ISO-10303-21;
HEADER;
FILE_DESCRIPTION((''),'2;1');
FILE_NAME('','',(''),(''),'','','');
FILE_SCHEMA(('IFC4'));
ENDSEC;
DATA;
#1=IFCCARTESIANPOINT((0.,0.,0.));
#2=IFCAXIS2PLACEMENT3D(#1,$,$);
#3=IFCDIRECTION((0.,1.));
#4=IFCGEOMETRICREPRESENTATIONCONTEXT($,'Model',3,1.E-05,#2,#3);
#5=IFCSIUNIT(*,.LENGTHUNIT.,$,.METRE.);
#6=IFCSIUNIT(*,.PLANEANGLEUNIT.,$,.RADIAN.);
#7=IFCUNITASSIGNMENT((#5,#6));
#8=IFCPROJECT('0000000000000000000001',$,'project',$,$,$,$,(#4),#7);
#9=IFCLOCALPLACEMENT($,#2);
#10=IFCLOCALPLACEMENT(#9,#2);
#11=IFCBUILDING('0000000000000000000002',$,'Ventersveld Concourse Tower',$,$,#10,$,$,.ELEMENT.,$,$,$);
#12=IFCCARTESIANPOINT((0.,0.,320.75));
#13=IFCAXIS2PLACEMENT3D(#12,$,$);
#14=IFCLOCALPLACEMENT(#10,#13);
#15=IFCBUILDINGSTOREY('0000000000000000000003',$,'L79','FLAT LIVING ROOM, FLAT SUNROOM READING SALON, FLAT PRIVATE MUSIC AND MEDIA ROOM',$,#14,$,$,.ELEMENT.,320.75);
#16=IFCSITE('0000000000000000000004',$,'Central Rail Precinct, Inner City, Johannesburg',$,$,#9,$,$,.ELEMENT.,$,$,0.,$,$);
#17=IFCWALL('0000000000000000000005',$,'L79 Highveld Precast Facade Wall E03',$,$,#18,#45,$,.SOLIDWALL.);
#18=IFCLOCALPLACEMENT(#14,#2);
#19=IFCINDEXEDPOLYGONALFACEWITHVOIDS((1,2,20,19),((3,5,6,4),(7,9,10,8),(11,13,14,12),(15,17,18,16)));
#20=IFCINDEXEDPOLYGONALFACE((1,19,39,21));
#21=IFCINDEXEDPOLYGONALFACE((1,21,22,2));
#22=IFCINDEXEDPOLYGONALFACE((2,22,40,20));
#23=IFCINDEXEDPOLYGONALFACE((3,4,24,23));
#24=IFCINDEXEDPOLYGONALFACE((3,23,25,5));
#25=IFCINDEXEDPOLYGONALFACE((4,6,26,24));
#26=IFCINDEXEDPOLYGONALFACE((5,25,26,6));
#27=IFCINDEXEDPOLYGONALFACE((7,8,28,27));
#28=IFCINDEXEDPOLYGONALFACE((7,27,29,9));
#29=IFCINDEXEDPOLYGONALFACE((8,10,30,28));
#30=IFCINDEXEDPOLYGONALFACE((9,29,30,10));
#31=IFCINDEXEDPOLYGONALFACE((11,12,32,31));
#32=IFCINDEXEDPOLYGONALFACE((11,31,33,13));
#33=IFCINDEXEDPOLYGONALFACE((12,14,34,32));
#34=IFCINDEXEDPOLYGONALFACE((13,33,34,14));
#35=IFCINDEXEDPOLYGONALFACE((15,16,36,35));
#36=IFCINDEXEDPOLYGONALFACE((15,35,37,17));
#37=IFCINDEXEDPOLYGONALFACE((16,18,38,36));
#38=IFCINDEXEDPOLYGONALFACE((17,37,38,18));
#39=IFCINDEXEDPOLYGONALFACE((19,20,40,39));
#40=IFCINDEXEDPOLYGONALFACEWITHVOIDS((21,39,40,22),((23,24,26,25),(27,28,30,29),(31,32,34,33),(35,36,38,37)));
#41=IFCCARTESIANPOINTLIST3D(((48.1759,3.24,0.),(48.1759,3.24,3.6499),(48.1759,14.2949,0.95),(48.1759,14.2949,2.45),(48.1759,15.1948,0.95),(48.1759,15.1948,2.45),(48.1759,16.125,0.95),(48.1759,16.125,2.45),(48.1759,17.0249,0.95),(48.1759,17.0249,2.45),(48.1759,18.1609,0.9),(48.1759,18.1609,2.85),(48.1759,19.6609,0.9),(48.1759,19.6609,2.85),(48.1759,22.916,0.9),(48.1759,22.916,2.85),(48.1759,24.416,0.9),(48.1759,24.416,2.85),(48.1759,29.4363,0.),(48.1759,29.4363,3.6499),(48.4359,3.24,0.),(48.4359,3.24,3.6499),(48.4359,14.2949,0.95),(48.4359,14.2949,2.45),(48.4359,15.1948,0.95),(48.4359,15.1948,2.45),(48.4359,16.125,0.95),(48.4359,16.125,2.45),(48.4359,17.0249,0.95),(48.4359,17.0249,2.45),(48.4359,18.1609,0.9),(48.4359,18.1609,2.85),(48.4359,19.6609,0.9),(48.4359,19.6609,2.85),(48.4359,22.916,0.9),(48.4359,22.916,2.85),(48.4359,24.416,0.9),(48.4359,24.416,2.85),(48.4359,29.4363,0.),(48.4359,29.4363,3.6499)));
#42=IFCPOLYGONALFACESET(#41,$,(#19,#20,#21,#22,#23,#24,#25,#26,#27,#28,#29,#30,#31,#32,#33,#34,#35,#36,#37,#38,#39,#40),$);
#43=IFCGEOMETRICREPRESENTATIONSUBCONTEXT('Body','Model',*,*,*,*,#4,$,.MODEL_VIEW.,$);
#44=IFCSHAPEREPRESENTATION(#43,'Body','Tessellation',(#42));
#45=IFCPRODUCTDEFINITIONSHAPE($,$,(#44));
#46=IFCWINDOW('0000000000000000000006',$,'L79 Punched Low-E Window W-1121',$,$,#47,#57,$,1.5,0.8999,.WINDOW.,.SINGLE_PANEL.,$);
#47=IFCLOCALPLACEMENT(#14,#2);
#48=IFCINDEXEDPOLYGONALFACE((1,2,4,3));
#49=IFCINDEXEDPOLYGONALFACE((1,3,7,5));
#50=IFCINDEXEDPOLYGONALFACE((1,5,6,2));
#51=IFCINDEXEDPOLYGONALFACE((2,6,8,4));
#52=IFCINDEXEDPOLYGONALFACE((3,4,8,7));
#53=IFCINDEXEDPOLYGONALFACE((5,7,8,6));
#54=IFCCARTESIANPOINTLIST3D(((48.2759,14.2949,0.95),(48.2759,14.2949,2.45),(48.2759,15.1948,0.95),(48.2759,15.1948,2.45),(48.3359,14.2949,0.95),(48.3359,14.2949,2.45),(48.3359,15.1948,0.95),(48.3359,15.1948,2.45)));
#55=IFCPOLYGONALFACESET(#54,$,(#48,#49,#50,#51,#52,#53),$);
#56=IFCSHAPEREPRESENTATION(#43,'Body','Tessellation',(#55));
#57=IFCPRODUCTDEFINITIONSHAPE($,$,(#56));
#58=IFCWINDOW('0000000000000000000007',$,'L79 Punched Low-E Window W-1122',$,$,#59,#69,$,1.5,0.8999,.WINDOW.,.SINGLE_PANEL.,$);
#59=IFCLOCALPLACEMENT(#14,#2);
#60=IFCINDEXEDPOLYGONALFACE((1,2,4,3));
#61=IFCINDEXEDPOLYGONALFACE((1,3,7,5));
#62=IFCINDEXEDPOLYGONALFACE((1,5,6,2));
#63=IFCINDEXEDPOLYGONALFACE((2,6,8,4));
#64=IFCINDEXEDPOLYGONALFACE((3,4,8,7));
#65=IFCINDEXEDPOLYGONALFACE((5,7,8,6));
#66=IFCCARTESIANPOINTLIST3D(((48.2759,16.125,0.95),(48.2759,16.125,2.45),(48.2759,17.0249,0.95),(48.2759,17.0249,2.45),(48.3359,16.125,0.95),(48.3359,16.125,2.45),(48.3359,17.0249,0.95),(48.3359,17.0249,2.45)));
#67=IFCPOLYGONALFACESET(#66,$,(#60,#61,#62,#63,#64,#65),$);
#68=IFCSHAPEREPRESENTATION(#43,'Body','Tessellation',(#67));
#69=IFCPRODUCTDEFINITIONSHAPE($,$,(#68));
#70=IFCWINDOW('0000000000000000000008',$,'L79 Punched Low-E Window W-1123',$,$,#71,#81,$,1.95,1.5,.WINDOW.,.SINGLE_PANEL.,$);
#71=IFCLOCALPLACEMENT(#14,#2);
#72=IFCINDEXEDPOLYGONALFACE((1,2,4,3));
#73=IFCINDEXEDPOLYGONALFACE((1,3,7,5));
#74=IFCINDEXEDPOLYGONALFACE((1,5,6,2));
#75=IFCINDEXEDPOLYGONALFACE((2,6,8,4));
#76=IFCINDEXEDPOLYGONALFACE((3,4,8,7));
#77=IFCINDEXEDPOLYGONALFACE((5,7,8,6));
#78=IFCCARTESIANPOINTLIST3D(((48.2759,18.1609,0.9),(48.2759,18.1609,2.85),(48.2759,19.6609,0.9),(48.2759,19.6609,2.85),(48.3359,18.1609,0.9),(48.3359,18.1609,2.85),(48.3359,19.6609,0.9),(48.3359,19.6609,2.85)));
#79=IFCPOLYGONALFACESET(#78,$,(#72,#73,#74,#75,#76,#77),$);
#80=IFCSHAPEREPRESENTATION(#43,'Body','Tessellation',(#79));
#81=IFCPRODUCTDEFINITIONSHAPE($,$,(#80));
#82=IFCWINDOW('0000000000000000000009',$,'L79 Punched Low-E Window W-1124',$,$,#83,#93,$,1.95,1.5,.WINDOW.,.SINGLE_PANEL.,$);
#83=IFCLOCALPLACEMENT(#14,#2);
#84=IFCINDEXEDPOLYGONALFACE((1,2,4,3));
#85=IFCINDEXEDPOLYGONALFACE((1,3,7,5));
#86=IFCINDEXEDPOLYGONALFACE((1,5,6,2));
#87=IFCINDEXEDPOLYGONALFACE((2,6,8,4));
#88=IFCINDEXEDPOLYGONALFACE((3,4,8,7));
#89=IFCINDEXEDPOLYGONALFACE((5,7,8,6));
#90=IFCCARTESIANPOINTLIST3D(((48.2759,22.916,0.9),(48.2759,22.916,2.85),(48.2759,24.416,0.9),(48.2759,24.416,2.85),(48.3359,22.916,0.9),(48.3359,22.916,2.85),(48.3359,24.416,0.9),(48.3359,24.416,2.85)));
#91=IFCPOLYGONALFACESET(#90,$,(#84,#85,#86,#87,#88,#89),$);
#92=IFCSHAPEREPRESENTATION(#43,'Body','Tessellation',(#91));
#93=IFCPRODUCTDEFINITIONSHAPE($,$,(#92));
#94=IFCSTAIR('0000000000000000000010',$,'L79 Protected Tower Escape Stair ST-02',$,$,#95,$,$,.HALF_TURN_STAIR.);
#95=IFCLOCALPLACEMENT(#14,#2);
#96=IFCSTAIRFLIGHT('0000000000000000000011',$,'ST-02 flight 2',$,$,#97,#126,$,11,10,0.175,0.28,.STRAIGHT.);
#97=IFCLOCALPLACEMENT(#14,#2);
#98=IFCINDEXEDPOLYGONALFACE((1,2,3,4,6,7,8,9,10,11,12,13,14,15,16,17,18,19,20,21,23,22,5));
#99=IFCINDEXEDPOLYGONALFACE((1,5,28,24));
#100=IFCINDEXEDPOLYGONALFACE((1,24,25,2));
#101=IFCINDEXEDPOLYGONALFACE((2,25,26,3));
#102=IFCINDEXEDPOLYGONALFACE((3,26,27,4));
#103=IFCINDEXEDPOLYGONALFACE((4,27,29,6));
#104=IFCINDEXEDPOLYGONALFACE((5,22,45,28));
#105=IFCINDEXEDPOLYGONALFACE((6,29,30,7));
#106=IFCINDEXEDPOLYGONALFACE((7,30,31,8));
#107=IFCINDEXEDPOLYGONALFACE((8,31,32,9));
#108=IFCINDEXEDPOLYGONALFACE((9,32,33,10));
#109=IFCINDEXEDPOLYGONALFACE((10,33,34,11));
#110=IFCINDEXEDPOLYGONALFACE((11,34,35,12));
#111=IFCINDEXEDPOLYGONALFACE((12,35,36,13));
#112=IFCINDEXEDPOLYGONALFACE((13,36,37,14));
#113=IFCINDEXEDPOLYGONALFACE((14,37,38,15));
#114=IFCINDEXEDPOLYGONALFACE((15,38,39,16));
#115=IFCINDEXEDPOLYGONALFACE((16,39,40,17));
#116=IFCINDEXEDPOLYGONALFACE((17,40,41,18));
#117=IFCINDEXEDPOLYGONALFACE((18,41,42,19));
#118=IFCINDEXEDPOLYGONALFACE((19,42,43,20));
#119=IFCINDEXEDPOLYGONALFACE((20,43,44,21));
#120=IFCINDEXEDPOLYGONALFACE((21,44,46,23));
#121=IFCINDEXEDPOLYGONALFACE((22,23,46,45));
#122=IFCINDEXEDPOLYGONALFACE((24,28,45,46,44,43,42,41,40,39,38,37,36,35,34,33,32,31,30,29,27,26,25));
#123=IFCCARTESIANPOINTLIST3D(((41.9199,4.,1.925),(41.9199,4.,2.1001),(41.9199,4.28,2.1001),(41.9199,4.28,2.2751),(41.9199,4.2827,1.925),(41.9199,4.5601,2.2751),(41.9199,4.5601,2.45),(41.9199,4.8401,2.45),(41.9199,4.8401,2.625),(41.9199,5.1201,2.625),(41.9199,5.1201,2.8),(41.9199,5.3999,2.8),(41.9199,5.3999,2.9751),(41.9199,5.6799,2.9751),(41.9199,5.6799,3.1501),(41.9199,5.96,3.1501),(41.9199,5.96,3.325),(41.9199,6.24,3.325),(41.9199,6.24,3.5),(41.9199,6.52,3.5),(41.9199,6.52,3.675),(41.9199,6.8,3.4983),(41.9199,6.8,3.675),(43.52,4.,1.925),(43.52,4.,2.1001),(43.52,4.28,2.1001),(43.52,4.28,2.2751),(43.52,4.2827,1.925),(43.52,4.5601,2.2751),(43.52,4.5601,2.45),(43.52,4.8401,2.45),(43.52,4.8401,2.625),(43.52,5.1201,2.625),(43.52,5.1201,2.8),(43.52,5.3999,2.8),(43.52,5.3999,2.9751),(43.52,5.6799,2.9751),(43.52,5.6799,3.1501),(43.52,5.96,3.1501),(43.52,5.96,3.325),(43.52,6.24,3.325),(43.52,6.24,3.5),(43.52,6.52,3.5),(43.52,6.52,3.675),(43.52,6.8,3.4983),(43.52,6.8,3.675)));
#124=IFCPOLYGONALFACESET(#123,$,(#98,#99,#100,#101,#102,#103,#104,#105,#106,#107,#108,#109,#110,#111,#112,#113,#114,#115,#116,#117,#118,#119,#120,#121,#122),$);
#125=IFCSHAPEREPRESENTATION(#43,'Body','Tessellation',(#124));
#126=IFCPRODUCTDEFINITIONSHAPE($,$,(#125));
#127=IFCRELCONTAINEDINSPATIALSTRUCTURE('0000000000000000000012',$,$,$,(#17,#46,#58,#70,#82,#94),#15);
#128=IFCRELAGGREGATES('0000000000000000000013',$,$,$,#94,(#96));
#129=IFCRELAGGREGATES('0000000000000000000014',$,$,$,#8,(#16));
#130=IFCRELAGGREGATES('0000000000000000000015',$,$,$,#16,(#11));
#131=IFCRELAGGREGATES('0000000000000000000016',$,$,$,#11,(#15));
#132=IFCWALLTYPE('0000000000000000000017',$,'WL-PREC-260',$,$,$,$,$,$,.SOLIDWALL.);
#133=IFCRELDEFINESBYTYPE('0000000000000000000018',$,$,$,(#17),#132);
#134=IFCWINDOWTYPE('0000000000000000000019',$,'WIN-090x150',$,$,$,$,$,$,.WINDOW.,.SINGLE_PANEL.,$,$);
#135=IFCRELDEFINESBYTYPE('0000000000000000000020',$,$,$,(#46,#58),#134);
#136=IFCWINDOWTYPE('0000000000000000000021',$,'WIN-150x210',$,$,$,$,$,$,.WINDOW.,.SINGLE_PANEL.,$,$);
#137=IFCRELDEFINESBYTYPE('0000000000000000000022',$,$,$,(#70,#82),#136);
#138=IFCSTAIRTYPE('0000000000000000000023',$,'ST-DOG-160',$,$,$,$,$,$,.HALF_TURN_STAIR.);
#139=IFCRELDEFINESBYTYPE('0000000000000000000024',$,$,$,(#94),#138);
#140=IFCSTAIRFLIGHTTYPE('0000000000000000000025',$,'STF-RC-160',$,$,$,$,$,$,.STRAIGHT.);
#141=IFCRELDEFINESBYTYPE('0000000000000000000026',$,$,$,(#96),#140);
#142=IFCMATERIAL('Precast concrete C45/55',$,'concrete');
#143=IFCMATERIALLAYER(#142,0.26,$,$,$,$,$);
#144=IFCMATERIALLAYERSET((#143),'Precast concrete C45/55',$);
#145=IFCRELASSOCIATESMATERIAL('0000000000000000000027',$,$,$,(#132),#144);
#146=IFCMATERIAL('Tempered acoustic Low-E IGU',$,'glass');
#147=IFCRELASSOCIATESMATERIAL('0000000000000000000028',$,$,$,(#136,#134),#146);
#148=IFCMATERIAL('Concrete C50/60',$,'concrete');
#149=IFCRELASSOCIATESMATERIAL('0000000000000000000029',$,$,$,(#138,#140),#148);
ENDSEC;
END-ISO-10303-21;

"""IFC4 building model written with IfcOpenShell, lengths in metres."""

from ifc_helpers import new_model, si_unit, direction, frame, frame_2d, origin, place, context, subcontext, project, spatial, polyline, rectangle, outline, extrude, material, layer, layer_set, type_object, element, fill, aggregate, save


model = new_model("IFC4")

# Units and contexts
model_context = context("Model", 3, precision=1e-05, world=origin(), true_north=direction((0.0, 1.0)))
body_context = subcontext(model_context, "Body", "Model", "MODEL_VIEW")
ifc_project = project(units=[si_unit("LENGTHUNIT", "METRE"), si_unit("PLANEANGLEUNIT", "RADIAN")], contexts=[model_context])

# Site, building, storey
site_placement = place(None, origin())
site = spatial("IfcSite", under=ifc_project, at=site_placement, Name="Central Rail Precinct, Inner City, Johannesburg", CompositionType="ELEMENT", RefElevation=0.0)
building_placement = place(site_placement, origin())
building = spatial("IfcBuilding", under=site, at=building_placement, Name="Ventersveld Concourse Tower", CompositionType="ELEMENT")
storey_placement = place(building_placement, frame((0.0, 0.0, 320.75)))
storey = spatial("IfcBuildingStorey", under=building, at=storey_placement, Name="L79", Description="FLAT LIVING ROOM, FLAT SUNROOM READING SALON, FLAT PRIVATE MUSIC AND MEDIA ROOM", CompositionType="ELEMENT", Elevation=320.75)

# Shared definitions
ifc_material_1 = material(Name="Concrete C50/60", Category="concrete")

# Shared definitions
ifc_material_2 = material(Name="Precast concrete C45/55", Category="concrete")
ifc_layer_1 = layer(ifc_material_2, 0.26)
ifc_layer_set_1 = layer_set([ifc_layer_1], Name="Precast concrete C45/55")
wall_type_1 = type_object("IfcWallType", Name="WL-PREC-260", PredefinedType="SOLIDWALL", material=ifc_layer_set_1)

# Shared definitions
ifc_material_3 = material(Name="Tempered acoustic Low-E IGU", Category="glass")
window_type_1 = type_object("IfcWindowType", Name="WIN-150x210", PartitioningType="SINGLE_PANEL", PredefinedType="WINDOW", material=ifc_material_3)

# Wall, openings, windows
wall_1_placement = place(storey_placement, frame((48.3059, 3.24, 0.0), z_axis=(0.0, 0.0, 1.0), x_axis=(0.0, 1.0, 0.0)))
wall_1 = element("IfcWall", 1, at=wall_1_placement, inside=storey, type_object=wall_type_1, Name="L79 Highveld Precast Facade Wall E03", PredefinedType="SOLIDWALL", context=body_context, shape_type="SweptSolid", body=[
    extrude(rectangle(XDim=26.1963, YDim=0.26, at=frame_2d((13.0981, 0.0))), origin(), (0.0, 0.0, 1.0), 3.6499),
])
opening_1_placement = place(wall_1_placement, frame((11.0549, 0.0, 0.95)))
opening_1 = element("IfcOpeningElement", 2, at=opening_1_placement, cuts=wall_1, PredefinedType="OPENING", context=body_context, shape_type="SweptSolid", body=[
    extrude(rectangle(XDim=0.8999, YDim=1.5, at=frame_2d((0.45, 0.75))), frame((0.0, 0.1401, 0.0), z_axis=(0.0, -1.0, 0.0), x_axis=(1.0, 0.0, 0.0)), (0.0, 0.0, 1.0), 0.28),
])
opening_2_placement = place(wall_1_placement, frame((12.885, 0.0, 0.95)))
opening_2 = element("IfcOpeningElement", 3, at=opening_2_placement, cuts=wall_1, PredefinedType="OPENING", context=body_context, shape_type="SweptSolid", body=[
    extrude(rectangle(XDim=0.8999, YDim=1.5, at=frame_2d((0.45, 0.75))), frame((0.0, 0.1401, 0.0), z_axis=(0.0, -1.0, 0.0), x_axis=(1.0, 0.0, 0.0)), (0.0, 0.0, 1.0), 0.28),
])
opening_3_placement = place(wall_1_placement, frame((14.9209, 0.0, 0.8999)))
opening_3 = element("IfcOpeningElement", 4, at=opening_3_placement, cuts=wall_1, PredefinedType="OPENING", context=body_context, shape_type="SweptSolid", body=[
    extrude(rectangle(XDim=1.5, YDim=1.95, at=frame_2d((0.75, 0.9751))), frame((0.0, 0.1401, 0.0), z_axis=(0.0, -1.0, 0.0), x_axis=(1.0, 0.0, 0.0)), (0.0, 0.0, 1.0), 0.28),
])
opening_4_placement = place(wall_1_placement, frame((19.676, 0.0, 0.8999)))
opening_4 = element("IfcOpeningElement", 5, at=opening_4_placement, cuts=wall_1, PredefinedType="OPENING", context=body_context, shape_type="SweptSolid", body=[
    extrude(rectangle(XDim=1.5, YDim=1.95, at=frame_2d((0.75, 0.9751))), frame((0.0, 0.1401, 0.0), z_axis=(0.0, -1.0, 0.0), x_axis=(1.0, 0.0, 0.0)), (0.0, 0.0, 1.0), 0.28),
])
window_type_2 = type_object("IfcWindowType", Name="WIN-090x150", PartitioningType="SINGLE_PANEL", PredefinedType="WINDOW", material=ifc_material_3)
window_1_placement = place(opening_1_placement, origin())
window_1 = element("IfcWindow", 6, at=window_1_placement, inside=storey, type_object=window_type_2, Name="L79 Punched Low-E Window W-1121", OverallHeight=1.5, OverallWidth=0.8999, PartitioningType="SINGLE_PANEL", PredefinedType="WINDOW", context=body_context, shape_type="SweptSolid", body=[
    extrude(rectangle(XDim=0.8999, YDim=1.5, at=frame_2d((0.45, 0.75))), frame((0.0, 0.03, 0.0), z_axis=(0.0, -1.0, 0.0), x_axis=(1.0, 0.0, 0.0)), (0.0, 0.0, 1.0), 0.0601),
])
fill(opening_1, window_1)
window_2_placement = place(opening_2_placement, origin())
window_2 = element("IfcWindow", 7, at=window_2_placement, inside=storey, type_object=window_type_2, Name="L79 Punched Low-E Window W-1122", OverallHeight=1.5, OverallWidth=0.8999, PartitioningType="SINGLE_PANEL", PredefinedType="WINDOW", context=body_context, shape_type="SweptSolid", body=[
    extrude(rectangle(XDim=0.8999, YDim=1.5, at=frame_2d((0.45, 0.75))), frame((0.0, 0.03, 0.0), z_axis=(0.0, -1.0, 0.0), x_axis=(1.0, 0.0, 0.0)), (0.0, 0.0, 1.0), 0.0601),
])
fill(opening_2, window_2)
window_3_placement = place(opening_3_placement, origin())
window_3 = element("IfcWindow", 8, at=window_3_placement, inside=storey, type_object=window_type_1, Name="L79 Punched Low-E Window W-1123", OverallHeight=1.95, OverallWidth=1.5, PartitioningType="SINGLE_PANEL", PredefinedType="WINDOW", context=body_context, shape_type="SweptSolid", body=[
    extrude(rectangle(XDim=1.5, YDim=1.95, at=frame_2d((0.75, 0.9751))), frame((0.0, 0.03, 0.0), z_axis=(0.0, -1.0, 0.0), x_axis=(1.0, 0.0, 0.0)), (0.0, 0.0, 1.0), 0.0601),
])
fill(opening_3, window_3)
window_4_placement = place(opening_4_placement, origin())
window_4 = element("IfcWindow", 9, at=window_4_placement, inside=storey, type_object=window_type_1, Name="L79 Punched Low-E Window W-1124", OverallHeight=1.95, OverallWidth=1.5, PartitioningType="SINGLE_PANEL", PredefinedType="WINDOW", context=body_context, shape_type="SweptSolid", body=[
    extrude(rectangle(XDim=1.5, YDim=1.95, at=frame_2d((0.75, 0.9751))), frame((0.0, 0.03, 0.0), z_axis=(0.0, -1.0, 0.0), x_axis=(1.0, 0.0, 0.0)), (0.0, 0.0, 1.0), 0.0601),
])
fill(opening_4, window_4)

# Stair, stair flight
stair_type = type_object("IfcStairType", Name="ST-DOG-160", PredefinedType="HALF_TURN_STAIR", material=ifc_material_1)
stair_placement = place(storey_placement, origin())
stair = element("IfcStair", 10, at=stair_placement, inside=storey, type_object=stair_type, Name="L79 Protected Tower Escape Stair ST-02", PredefinedType="HALF_TURN_STAIR")
stair_flight_type = type_object("IfcStairFlightType", Name="STF-RC-160", PredefinedType="STRAIGHT", material=ifc_material_1)
stair_flight_placement = place(storey_placement, frame((42.72, 4.0, 1.925), z_axis=(0.0, 0.0, 1.0), x_axis=(0.0, 1.0, 0.0)))
stair_flight = element("IfcStairFlight", 11, at=stair_flight_placement, type_object=stair_flight_type, Name="ST-02 flight 2", NumberOfRisers=11, NumberOfTreads=10, PredefinedType="STRAIGHT", RiserHeight=0.175, TreadLength=0.28, context=body_context, shape_type="SweptSolid", body=[
    extrude(outline(polyline([(0.0, 0.0), (0.0, 0.175), (0.28, 0.175), (0.28, 0.3501), (0.5601, 0.3501), (0.5601, 0.5249), (0.8401, 0.5249), (0.8401, 0.7), (1.1201, 0.7), (1.1201, 0.875), (1.3999, 0.875), (1.3999, 1.05), (1.6799, 1.05), (1.6799, 1.2251), (1.96, 1.2251), (1.96, 1.3999), (2.24, 1.3999), (2.24, 1.575), (2.52, 1.575), (2.52, 1.75), (2.8, 1.75), (2.8, 1.925), (2.8, 1.5732), (0.2827, 0.0), (0.0, 0.0)])), frame((0.0, 0.8, 0.0), z_axis=(0.0, -1.0, 0.0), x_axis=(1.0, 0.0, 0.0)), (0.0, 0.0, 1.0), 1.6001),
])
aggregate(stair, [stair_flight])

save(model, "model.ifc")
